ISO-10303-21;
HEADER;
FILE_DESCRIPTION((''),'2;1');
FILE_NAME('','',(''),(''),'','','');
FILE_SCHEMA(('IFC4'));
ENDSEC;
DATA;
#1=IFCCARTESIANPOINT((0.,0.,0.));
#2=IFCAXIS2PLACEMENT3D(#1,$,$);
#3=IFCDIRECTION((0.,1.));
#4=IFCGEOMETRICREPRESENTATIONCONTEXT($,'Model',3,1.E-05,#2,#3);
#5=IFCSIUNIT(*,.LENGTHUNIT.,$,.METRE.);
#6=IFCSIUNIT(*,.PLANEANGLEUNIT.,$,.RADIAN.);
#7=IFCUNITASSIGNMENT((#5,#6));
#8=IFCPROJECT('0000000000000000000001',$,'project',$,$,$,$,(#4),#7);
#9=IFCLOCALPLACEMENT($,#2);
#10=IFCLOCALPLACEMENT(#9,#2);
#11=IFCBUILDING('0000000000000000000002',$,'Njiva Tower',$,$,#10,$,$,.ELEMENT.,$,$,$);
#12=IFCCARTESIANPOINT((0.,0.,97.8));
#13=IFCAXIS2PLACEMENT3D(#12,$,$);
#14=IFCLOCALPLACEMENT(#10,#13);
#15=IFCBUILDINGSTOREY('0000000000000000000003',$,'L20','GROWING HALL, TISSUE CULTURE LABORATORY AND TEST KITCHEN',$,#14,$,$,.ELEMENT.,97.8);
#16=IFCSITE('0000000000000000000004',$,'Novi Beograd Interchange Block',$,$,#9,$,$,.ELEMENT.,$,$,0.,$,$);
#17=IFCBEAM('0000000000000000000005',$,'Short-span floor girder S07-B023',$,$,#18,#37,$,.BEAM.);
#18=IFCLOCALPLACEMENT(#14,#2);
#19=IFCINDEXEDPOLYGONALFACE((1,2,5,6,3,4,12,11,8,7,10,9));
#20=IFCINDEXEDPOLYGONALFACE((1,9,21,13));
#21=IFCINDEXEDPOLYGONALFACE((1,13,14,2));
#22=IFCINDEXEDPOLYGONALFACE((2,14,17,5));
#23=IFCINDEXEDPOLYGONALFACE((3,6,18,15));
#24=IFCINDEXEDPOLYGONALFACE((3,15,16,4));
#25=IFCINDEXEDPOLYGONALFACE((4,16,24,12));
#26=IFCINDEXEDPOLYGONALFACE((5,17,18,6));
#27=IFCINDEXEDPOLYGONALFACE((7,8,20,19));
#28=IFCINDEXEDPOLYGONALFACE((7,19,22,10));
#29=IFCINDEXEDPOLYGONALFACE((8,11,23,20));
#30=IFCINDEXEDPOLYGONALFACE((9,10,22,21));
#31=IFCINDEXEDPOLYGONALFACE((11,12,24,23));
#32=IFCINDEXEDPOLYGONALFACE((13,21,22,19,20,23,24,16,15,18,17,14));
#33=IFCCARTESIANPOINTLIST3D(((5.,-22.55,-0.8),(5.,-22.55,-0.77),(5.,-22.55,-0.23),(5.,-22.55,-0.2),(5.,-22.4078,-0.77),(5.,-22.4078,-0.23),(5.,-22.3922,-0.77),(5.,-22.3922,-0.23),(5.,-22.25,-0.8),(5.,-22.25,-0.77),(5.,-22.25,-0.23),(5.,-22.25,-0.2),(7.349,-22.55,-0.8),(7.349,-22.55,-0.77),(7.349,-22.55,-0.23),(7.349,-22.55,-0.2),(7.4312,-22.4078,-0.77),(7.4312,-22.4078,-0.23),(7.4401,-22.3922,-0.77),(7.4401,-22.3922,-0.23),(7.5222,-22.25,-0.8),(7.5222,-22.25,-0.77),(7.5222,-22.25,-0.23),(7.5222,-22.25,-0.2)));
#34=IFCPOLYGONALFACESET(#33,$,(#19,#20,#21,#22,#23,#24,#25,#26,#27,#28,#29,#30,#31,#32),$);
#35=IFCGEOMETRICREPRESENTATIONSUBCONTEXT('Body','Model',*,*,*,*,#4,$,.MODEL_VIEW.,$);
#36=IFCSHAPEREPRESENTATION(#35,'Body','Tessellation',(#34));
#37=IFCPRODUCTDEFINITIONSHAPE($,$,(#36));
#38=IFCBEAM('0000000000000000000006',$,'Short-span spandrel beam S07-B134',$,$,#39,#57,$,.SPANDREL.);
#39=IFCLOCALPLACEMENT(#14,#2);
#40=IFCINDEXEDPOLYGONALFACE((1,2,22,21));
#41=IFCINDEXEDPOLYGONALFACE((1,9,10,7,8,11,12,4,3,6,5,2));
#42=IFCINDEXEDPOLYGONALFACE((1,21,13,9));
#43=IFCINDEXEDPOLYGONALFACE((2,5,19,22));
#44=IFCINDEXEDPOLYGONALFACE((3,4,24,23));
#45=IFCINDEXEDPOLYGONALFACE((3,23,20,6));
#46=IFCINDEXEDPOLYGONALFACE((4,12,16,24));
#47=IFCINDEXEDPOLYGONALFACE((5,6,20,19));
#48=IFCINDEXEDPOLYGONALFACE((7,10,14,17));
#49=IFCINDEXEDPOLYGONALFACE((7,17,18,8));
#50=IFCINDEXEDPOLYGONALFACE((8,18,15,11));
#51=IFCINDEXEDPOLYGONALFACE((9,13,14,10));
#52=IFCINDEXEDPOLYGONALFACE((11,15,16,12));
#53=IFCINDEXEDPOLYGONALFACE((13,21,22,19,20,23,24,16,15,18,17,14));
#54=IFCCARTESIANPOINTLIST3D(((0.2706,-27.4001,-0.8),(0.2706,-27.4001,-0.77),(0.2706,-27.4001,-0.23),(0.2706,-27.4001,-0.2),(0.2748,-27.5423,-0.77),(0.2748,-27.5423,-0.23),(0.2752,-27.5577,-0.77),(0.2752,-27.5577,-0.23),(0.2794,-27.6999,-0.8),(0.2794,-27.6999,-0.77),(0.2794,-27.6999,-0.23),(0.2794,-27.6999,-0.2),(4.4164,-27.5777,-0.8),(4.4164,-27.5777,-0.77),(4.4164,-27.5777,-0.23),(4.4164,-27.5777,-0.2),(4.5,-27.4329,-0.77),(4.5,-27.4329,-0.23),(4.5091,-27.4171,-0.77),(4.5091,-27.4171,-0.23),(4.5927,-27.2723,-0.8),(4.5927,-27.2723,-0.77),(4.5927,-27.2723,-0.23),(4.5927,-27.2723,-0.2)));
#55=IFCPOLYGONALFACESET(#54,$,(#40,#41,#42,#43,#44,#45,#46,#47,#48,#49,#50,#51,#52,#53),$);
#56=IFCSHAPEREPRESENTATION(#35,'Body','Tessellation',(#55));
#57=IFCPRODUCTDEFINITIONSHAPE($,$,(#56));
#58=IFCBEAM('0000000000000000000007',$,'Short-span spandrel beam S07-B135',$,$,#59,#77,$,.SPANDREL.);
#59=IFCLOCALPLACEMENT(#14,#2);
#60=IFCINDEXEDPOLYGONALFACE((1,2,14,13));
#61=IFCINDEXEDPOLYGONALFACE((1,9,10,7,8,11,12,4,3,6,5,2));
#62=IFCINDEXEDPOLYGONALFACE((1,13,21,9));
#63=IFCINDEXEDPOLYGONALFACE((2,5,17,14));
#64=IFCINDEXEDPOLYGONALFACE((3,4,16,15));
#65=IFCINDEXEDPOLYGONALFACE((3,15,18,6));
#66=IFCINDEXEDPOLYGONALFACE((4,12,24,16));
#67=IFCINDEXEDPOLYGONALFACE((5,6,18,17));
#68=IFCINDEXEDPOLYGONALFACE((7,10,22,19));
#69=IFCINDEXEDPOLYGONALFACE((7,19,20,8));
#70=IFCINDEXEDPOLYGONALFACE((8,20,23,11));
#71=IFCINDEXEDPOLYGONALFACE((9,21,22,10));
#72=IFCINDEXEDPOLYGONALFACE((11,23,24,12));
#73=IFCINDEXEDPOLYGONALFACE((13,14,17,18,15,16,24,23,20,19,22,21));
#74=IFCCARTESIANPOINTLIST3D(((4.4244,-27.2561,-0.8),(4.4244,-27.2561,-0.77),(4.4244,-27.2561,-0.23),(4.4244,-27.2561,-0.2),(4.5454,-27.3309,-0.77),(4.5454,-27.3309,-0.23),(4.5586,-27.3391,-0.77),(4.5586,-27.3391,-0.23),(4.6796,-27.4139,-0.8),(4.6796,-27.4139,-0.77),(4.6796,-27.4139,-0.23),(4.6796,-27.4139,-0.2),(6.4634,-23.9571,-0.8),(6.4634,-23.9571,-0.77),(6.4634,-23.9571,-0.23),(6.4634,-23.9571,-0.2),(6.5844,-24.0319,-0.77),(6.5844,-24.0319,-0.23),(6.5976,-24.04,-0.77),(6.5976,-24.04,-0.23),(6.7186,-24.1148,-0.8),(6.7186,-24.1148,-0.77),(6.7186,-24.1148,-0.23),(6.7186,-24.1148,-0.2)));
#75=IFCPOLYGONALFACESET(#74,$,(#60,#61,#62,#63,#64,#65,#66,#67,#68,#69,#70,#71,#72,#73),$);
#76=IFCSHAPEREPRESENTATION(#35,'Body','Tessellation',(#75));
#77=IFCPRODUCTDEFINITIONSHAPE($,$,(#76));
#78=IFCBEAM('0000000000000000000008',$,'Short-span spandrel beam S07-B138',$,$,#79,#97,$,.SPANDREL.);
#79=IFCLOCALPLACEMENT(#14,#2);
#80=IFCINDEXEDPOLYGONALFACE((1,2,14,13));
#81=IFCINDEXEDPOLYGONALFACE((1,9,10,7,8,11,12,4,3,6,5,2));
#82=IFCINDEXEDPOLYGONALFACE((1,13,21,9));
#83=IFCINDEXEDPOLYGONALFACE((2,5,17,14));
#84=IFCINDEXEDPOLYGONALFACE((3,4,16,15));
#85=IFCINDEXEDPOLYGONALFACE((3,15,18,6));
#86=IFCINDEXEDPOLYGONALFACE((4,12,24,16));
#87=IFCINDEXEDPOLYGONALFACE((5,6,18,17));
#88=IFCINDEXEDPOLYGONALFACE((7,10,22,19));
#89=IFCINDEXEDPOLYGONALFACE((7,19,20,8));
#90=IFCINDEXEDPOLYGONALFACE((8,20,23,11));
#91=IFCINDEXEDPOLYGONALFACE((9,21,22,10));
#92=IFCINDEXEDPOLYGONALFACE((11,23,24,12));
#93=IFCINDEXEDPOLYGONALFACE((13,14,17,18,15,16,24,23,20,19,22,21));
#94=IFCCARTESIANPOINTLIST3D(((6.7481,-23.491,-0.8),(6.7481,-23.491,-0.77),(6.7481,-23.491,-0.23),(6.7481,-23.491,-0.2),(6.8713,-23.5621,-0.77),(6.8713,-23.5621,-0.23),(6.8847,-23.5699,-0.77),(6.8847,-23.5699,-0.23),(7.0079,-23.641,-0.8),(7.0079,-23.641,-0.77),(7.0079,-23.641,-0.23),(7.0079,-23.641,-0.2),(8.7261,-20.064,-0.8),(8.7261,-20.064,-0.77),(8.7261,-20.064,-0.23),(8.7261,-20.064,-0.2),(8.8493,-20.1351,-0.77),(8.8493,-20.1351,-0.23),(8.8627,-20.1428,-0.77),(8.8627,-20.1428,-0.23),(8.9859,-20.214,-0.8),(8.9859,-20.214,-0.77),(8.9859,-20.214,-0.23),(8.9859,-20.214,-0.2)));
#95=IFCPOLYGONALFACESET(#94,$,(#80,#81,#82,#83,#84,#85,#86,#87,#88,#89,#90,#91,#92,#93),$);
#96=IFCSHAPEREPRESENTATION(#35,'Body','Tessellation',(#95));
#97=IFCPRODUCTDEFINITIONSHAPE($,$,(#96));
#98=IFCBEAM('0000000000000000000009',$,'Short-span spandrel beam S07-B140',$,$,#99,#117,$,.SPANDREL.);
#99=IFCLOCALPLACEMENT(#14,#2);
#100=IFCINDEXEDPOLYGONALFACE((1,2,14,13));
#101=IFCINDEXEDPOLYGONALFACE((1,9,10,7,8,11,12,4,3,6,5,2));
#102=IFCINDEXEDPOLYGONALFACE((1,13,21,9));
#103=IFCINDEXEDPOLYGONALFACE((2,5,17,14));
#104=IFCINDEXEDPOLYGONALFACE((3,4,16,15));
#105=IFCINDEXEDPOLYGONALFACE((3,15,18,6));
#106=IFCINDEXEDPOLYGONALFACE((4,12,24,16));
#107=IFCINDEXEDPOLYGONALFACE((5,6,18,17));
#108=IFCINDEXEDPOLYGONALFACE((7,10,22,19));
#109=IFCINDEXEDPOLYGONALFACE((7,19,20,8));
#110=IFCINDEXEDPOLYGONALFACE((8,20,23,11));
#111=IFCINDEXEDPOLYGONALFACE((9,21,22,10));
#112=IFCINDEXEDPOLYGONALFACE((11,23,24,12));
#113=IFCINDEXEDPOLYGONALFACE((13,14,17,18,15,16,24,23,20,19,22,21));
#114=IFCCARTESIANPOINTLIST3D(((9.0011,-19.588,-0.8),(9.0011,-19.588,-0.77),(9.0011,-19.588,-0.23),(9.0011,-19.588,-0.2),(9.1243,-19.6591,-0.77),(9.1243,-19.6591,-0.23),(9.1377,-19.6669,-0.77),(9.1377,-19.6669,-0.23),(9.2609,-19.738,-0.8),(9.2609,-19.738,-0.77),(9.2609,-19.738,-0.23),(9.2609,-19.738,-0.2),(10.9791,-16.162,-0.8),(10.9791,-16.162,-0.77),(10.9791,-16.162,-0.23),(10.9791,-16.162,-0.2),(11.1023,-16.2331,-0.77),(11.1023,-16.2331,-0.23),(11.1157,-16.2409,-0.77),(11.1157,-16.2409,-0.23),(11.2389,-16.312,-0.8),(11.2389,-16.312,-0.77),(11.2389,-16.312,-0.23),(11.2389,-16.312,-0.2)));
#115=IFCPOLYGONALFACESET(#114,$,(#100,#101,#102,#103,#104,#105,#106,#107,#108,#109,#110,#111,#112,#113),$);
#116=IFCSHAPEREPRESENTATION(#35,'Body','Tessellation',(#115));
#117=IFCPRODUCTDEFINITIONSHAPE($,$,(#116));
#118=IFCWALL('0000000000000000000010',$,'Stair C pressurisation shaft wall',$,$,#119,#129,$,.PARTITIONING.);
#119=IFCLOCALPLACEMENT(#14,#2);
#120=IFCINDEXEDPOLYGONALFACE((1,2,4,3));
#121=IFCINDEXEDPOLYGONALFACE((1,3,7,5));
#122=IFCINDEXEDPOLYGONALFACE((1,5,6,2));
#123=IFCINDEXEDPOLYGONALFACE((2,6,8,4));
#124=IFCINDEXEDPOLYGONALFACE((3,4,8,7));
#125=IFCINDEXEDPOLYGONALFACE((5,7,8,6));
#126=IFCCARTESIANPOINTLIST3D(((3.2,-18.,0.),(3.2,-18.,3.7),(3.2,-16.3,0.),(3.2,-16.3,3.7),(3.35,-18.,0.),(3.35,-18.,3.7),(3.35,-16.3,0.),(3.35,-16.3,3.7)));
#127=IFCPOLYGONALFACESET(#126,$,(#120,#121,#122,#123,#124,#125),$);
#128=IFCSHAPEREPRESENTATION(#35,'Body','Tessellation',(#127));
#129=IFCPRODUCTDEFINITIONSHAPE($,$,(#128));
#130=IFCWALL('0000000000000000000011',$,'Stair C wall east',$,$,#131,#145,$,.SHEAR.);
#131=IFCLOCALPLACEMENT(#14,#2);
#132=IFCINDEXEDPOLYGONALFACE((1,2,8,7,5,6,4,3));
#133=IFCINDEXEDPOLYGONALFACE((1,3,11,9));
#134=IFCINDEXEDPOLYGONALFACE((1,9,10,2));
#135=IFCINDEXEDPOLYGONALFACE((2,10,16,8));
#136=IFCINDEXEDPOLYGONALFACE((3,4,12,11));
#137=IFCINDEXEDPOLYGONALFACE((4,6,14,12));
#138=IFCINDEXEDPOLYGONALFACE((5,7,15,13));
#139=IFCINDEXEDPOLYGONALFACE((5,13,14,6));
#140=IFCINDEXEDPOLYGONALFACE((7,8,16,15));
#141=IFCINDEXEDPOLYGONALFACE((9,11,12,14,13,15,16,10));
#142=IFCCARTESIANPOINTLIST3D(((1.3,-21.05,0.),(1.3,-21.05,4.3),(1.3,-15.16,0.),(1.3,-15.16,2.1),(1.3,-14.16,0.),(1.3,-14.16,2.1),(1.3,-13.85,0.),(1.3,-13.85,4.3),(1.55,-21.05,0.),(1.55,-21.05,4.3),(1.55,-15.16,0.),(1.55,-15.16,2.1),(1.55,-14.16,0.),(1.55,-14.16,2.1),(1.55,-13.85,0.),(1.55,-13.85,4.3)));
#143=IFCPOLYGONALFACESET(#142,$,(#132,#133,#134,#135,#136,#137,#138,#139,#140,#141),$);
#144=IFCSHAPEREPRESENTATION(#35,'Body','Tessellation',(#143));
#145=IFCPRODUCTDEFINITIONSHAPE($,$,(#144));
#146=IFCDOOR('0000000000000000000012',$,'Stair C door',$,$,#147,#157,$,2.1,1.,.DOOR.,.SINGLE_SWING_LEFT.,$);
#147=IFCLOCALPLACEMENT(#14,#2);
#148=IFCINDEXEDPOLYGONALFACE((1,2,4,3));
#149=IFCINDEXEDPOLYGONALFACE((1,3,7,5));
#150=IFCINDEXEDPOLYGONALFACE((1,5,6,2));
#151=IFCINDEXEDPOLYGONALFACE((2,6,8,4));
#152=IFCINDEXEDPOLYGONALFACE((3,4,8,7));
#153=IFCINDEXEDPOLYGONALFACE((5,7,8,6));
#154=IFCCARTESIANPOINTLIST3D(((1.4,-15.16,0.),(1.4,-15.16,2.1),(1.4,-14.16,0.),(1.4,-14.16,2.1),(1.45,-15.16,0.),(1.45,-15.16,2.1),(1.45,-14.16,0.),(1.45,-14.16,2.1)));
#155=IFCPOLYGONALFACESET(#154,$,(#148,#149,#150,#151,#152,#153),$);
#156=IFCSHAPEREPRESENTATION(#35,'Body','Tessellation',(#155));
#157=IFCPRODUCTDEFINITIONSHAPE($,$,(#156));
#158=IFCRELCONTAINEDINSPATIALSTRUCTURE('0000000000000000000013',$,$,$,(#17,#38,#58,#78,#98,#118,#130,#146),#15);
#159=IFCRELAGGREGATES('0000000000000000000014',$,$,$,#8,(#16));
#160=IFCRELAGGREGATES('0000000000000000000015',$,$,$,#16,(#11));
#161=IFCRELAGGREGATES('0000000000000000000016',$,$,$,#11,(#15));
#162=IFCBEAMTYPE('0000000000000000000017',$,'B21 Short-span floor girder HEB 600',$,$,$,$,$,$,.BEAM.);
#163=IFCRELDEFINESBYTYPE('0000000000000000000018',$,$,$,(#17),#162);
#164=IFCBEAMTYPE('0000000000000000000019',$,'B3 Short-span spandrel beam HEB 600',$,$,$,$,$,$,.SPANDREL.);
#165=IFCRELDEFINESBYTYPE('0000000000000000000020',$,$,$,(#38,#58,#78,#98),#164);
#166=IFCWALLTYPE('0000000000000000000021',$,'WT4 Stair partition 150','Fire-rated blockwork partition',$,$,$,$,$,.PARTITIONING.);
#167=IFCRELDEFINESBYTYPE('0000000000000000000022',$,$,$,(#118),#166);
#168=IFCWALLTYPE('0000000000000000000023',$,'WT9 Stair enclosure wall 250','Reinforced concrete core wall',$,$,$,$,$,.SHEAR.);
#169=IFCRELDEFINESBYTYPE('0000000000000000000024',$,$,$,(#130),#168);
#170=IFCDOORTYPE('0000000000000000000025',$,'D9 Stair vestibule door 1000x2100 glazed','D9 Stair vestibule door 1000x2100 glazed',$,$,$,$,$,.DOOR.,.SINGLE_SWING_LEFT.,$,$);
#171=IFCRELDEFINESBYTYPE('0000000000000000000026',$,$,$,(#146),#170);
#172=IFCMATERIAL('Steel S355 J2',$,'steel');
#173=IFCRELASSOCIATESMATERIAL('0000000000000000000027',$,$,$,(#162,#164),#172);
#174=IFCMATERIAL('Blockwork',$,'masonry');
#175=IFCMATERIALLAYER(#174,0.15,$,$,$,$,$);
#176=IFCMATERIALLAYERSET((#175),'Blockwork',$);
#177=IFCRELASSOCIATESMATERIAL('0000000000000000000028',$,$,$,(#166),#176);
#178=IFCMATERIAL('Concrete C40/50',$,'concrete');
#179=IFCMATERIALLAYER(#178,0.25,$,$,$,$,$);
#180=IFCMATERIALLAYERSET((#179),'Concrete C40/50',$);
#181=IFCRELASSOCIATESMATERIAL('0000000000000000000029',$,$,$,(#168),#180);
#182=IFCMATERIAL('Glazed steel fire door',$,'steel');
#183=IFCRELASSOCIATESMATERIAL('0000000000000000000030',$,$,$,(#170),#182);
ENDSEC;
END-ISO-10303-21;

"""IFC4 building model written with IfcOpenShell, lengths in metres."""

from ifc_helpers import new_model, si_unit, direction, frame, frame_2d, origin, origin_2d, place, context, subcontext, project, spatial, rectangle, i_section, extrude, clip, halfspace, material, layer, layer_set, material_profile, profile_set, type_object, element, fill, save


model = new_model("IFC4")

# Units and contexts
model_context = context("Model", 3, precision=1e-05, world=origin(), true_north=direction((0.0, 1.0)))
body_context = subcontext(model_context, "Body", "Model", "MODEL_VIEW")
ifc_project = project(units=[si_unit("LENGTHUNIT", "METRE"), si_unit("PLANEANGLEUNIT", "RADIAN")], contexts=[model_context])

# Site, building, storey
site_placement = place(None, origin())
site = spatial("IfcSite", under=ifc_project, at=site_placement, Name="Novi Beograd Interchange Block", CompositionType="ELEMENT", RefElevation=0.0)
building_placement = place(site_placement, origin())
building = spatial("IfcBuilding", under=site, at=building_placement, Name="Njiva Tower", CompositionType="ELEMENT")
storey_placement = place(building_placement, frame((0.0, 0.0, 97.8)))
storey = spatial("IfcBuildingStorey", under=building, at=storey_placement, Name="L20", Description="GROWING HALL, TISSUE CULTURE LABORATORY AND TEST KITCHEN", CompositionType="ELEMENT", Elevation=97.8)

# Shared definitions
ifc_material_1 = material(Name="Steel S355 J2", Category="steel")

# Beams
ifc_material_profile_1 = material_profile(ifc_material_1, i_section(OverallWidth=0.3, OverallDepth=0.6, WebThickness=0.0155, FlangeThickness=0.03, at=origin_2d()), Name="HEB 600")
ifc_profile_set_1 = profile_set([ifc_material_profile_1], Name="Steel S355 J2")
beam_type_1 = type_object("IfcBeamType", Name="B21 Short-span floor girder HEB 600", PredefinedType="BEAM", material=ifc_profile_set_1)
beam_1_placement = place(storey_placement, frame((5.0, -22.4, -0.5), z_axis=(1.0, 0.0, 0.0), x_axis=(0.0, 1.0, 0.0)))
element("IfcBeam", 1, at=beam_1_placement, inside=storey, type_object=beam_type_1, Name="Short-span floor girder S07-B023", PredefinedType="BEAM", context=body_context, shape_type="Clipping", body=[
    clip(extrude(i_section(OverallWidth=0.3, OverallDepth=0.6, WebThickness=0.0155, FlangeThickness=0.03, at=origin_2d()), origin(), (0.0, 0.0, 1.0), 2.543), halfspace(frame((-0.025, 0.0, 2.4212), z_axis=(-0.499998, 0.0, 0.866027), x_axis=(0.0, 1.0, 0.0)), False)),
])
ifc_material_profile_2 = material_profile(ifc_material_1, i_section(OverallWidth=0.3, OverallDepth=0.6, WebThickness=0.0155, FlangeThickness=0.03, at=origin_2d()), Name="HEB 600")
ifc_profile_set_2 = profile_set([ifc_material_profile_2], Name="Steel S355 J2")
beam_type_2 = type_object("IfcBeamType", Name="B3 Short-span spandrel beam HEB 600", PredefinedType="SPANDREL", material=ifc_profile_set_2)
beam_2_placement = place(storey_placement, frame((0.275, -27.55, -0.5), z_axis=(0.999564, 0.029538, 0.0), x_axis=(-0.029538, 0.999564, 0.0)))
element("IfcBeam", 2, at=beam_2_placement, inside=storey, type_object=beam_type_2, Name="Short-span spandrel beam S07-B134", PredefinedType="SPANDREL", context=body_context, shape_type="Clipping", body=[
    clip(extrude(i_section(OverallWidth=0.3, OverallDepth=0.6, WebThickness=0.0155, FlangeThickness=0.03, at=origin_2d()), origin(), (0.0, 0.0, 1.0), 4.3448), halfspace(frame((-0.0259, 0.0, 4.2154), z_axis=(-0.52536, 0.0, 0.85088), x_axis=(0.0, 1.0, 0.0)), False)),
])
beam_3_placement = place(storey_placement, frame((4.552, -27.335, -0.5), z_axis=(0.525751, 0.850639, 0.0), x_axis=(-0.850639, 0.525751, 0.0)))
element("IfcBeam", 3, at=beam_3_placement, inside=storey, type_object=beam_type_2, Name="Short-span spandrel beam S07-B135", PredefinedType="SPANDREL", context=body_context, shape_type="SweptSolid", body=[
    extrude(i_section(OverallWidth=0.3, OverallDepth=0.6, WebThickness=0.0155, FlangeThickness=0.03, at=origin_2d()), origin(), (0.0, 0.0, 1.0), 3.8783),
])
beam_4_placement = place(storey_placement, frame((6.878, -23.566, -0.5), z_axis=(0.49989, 0.866089, 0.0), x_axis=(-0.866089, 0.49989, 0.0)))
element("IfcBeam", 4, at=beam_4_placement, inside=storey, type_object=beam_type_2, Name="Short-span spandrel beam S07-B138", PredefinedType="SPANDREL", context=body_context, shape_type="SweptSolid", body=[
    extrude(i_section(OverallWidth=0.3, OverallDepth=0.6, WebThickness=0.0155, FlangeThickness=0.03, at=origin_2d()), origin(), (0.0, 0.0, 1.0), 3.9569),
])
beam_5_placement = place(storey_placement, frame((9.131, -19.663, -0.5), z_axis=(0.5, 0.866026, 0.0), x_axis=(-0.866026, 0.5, 0.0)))
element("IfcBeam", 5, at=beam_5_placement, inside=storey, type_object=beam_type_2, Name="Short-span spandrel beam S07-B140", PredefinedType="SPANDREL", context=body_context, shape_type="SweptSolid", body=[
    extrude(i_section(OverallWidth=0.3, OverallDepth=0.6, WebThickness=0.0155, FlangeThickness=0.03, at=origin_2d()), origin(), (0.0, 0.0, 1.0), 3.956),
])

# Wall
ifc_material_2 = material(Name="Blockwork", Category="masonry")
ifc_layer_1 = layer(ifc_material_2, 0.15)
ifc_layer_set_1 = layer_set([ifc_layer_1], Name="Blockwork")
wall_type_1 = type_object("IfcWallType", Name="WT4 Stair partition 150", Description="Fire-rated blockwork partition", PredefinedType="PARTITIONING", material=ifc_layer_set_1)
wall_1_placement = place(storey_placement, frame((3.275, -18.0, 0.0), z_axis=(0.0, 0.0, 1.0), x_axis=(0.0, 1.0, 0.0)))
element("IfcWall", 6, at=wall_1_placement, inside=storey, type_object=wall_type_1, Name="Stair C pressurisation shaft wall", PredefinedType="PARTITIONING", context=body_context, shape_type="SweptSolid", body=[
    extrude(rectangle(XDim=1.7, YDim=0.15, at=frame_2d((0.85, 0.0))), origin(), (0.0, 0.0, 1.0), 3.7),
])

# Wall, opening, door
ifc_material_3 = material(Name="Concrete C40/50", Category="concrete")
ifc_layer_2 = layer(ifc_material_3, 0.25)
ifc_layer_set_2 = layer_set([ifc_layer_2], Name="Concrete C40/50")
wall_type_2 = type_object("IfcWallType", Name="WT9 Stair enclosure wall 250", Description="Reinforced concrete core wall", PredefinedType="SHEAR", material=ifc_layer_set_2)
wall_2_placement = place(storey_placement, frame((1.425, -21.05, 0.0), z_axis=(0.0, 0.0, 1.0), x_axis=(0.0, 1.0, 0.0)))
wall_2 = element("IfcWall", 7, at=wall_2_placement, inside=storey, type_object=wall_type_2, Name="Stair C wall east", PredefinedType="SHEAR", context=body_context, shape_type="SweptSolid", body=[
    extrude(rectangle(XDim=7.2, YDim=0.25, at=frame_2d((3.6, 0.0))), origin(), (0.0, 0.0, 1.0), 4.3),
])
opening_1_placement = place(wall_2_placement, frame((5.89, 0.0, 0.0)))
opening_1 = element("IfcOpeningElement", 8, at=opening_1_placement, cuts=wall_2, PredefinedType="OPENING", context=body_context, shape_type="SweptSolid", body=[
    extrude(rectangle(XDim=1.0, YDim=2.1, at=frame_2d((0.5, 1.05))), frame((0.0, 0.135, 0.0), z_axis=(0.0, -1.0, 0.0), x_axis=(1.0, 0.0, 0.0)), (0.0, 0.0, 1.0), 0.27),
])
ifc_material_4 = material(Name="Glazed steel fire door", Category="steel")
door_type = type_object("IfcDoorType", Name="D9 Stair vestibule door 1000x2100 glazed", Description="D9 Stair vestibule door 1000x2100 glazed", OperationType="SINGLE_SWING_LEFT", PredefinedType="DOOR", material=ifc_material_4)
door_placement = place(opening_1_placement, origin())
door = element("IfcDoor", 9, at=door_placement, inside=storey, type_object=door_type, Name="Stair C door", OperationType="SINGLE_SWING_LEFT", OverallHeight=2.1, OverallWidth=1.0, PredefinedType="DOOR", context=body_context, shape_type="SweptSolid", body=[
    extrude(rectangle(XDim=1.0, YDim=2.1, at=frame_2d((0.5, 1.05))), frame((0.0, 0.025, 0.0), z_axis=(0.0, -1.0, 0.0), x_axis=(1.0, 0.0, 0.0)), (0.0, 0.0, 1.0), 0.05),
])
fill(opening_1, door)

save(model, "model.ifc")
